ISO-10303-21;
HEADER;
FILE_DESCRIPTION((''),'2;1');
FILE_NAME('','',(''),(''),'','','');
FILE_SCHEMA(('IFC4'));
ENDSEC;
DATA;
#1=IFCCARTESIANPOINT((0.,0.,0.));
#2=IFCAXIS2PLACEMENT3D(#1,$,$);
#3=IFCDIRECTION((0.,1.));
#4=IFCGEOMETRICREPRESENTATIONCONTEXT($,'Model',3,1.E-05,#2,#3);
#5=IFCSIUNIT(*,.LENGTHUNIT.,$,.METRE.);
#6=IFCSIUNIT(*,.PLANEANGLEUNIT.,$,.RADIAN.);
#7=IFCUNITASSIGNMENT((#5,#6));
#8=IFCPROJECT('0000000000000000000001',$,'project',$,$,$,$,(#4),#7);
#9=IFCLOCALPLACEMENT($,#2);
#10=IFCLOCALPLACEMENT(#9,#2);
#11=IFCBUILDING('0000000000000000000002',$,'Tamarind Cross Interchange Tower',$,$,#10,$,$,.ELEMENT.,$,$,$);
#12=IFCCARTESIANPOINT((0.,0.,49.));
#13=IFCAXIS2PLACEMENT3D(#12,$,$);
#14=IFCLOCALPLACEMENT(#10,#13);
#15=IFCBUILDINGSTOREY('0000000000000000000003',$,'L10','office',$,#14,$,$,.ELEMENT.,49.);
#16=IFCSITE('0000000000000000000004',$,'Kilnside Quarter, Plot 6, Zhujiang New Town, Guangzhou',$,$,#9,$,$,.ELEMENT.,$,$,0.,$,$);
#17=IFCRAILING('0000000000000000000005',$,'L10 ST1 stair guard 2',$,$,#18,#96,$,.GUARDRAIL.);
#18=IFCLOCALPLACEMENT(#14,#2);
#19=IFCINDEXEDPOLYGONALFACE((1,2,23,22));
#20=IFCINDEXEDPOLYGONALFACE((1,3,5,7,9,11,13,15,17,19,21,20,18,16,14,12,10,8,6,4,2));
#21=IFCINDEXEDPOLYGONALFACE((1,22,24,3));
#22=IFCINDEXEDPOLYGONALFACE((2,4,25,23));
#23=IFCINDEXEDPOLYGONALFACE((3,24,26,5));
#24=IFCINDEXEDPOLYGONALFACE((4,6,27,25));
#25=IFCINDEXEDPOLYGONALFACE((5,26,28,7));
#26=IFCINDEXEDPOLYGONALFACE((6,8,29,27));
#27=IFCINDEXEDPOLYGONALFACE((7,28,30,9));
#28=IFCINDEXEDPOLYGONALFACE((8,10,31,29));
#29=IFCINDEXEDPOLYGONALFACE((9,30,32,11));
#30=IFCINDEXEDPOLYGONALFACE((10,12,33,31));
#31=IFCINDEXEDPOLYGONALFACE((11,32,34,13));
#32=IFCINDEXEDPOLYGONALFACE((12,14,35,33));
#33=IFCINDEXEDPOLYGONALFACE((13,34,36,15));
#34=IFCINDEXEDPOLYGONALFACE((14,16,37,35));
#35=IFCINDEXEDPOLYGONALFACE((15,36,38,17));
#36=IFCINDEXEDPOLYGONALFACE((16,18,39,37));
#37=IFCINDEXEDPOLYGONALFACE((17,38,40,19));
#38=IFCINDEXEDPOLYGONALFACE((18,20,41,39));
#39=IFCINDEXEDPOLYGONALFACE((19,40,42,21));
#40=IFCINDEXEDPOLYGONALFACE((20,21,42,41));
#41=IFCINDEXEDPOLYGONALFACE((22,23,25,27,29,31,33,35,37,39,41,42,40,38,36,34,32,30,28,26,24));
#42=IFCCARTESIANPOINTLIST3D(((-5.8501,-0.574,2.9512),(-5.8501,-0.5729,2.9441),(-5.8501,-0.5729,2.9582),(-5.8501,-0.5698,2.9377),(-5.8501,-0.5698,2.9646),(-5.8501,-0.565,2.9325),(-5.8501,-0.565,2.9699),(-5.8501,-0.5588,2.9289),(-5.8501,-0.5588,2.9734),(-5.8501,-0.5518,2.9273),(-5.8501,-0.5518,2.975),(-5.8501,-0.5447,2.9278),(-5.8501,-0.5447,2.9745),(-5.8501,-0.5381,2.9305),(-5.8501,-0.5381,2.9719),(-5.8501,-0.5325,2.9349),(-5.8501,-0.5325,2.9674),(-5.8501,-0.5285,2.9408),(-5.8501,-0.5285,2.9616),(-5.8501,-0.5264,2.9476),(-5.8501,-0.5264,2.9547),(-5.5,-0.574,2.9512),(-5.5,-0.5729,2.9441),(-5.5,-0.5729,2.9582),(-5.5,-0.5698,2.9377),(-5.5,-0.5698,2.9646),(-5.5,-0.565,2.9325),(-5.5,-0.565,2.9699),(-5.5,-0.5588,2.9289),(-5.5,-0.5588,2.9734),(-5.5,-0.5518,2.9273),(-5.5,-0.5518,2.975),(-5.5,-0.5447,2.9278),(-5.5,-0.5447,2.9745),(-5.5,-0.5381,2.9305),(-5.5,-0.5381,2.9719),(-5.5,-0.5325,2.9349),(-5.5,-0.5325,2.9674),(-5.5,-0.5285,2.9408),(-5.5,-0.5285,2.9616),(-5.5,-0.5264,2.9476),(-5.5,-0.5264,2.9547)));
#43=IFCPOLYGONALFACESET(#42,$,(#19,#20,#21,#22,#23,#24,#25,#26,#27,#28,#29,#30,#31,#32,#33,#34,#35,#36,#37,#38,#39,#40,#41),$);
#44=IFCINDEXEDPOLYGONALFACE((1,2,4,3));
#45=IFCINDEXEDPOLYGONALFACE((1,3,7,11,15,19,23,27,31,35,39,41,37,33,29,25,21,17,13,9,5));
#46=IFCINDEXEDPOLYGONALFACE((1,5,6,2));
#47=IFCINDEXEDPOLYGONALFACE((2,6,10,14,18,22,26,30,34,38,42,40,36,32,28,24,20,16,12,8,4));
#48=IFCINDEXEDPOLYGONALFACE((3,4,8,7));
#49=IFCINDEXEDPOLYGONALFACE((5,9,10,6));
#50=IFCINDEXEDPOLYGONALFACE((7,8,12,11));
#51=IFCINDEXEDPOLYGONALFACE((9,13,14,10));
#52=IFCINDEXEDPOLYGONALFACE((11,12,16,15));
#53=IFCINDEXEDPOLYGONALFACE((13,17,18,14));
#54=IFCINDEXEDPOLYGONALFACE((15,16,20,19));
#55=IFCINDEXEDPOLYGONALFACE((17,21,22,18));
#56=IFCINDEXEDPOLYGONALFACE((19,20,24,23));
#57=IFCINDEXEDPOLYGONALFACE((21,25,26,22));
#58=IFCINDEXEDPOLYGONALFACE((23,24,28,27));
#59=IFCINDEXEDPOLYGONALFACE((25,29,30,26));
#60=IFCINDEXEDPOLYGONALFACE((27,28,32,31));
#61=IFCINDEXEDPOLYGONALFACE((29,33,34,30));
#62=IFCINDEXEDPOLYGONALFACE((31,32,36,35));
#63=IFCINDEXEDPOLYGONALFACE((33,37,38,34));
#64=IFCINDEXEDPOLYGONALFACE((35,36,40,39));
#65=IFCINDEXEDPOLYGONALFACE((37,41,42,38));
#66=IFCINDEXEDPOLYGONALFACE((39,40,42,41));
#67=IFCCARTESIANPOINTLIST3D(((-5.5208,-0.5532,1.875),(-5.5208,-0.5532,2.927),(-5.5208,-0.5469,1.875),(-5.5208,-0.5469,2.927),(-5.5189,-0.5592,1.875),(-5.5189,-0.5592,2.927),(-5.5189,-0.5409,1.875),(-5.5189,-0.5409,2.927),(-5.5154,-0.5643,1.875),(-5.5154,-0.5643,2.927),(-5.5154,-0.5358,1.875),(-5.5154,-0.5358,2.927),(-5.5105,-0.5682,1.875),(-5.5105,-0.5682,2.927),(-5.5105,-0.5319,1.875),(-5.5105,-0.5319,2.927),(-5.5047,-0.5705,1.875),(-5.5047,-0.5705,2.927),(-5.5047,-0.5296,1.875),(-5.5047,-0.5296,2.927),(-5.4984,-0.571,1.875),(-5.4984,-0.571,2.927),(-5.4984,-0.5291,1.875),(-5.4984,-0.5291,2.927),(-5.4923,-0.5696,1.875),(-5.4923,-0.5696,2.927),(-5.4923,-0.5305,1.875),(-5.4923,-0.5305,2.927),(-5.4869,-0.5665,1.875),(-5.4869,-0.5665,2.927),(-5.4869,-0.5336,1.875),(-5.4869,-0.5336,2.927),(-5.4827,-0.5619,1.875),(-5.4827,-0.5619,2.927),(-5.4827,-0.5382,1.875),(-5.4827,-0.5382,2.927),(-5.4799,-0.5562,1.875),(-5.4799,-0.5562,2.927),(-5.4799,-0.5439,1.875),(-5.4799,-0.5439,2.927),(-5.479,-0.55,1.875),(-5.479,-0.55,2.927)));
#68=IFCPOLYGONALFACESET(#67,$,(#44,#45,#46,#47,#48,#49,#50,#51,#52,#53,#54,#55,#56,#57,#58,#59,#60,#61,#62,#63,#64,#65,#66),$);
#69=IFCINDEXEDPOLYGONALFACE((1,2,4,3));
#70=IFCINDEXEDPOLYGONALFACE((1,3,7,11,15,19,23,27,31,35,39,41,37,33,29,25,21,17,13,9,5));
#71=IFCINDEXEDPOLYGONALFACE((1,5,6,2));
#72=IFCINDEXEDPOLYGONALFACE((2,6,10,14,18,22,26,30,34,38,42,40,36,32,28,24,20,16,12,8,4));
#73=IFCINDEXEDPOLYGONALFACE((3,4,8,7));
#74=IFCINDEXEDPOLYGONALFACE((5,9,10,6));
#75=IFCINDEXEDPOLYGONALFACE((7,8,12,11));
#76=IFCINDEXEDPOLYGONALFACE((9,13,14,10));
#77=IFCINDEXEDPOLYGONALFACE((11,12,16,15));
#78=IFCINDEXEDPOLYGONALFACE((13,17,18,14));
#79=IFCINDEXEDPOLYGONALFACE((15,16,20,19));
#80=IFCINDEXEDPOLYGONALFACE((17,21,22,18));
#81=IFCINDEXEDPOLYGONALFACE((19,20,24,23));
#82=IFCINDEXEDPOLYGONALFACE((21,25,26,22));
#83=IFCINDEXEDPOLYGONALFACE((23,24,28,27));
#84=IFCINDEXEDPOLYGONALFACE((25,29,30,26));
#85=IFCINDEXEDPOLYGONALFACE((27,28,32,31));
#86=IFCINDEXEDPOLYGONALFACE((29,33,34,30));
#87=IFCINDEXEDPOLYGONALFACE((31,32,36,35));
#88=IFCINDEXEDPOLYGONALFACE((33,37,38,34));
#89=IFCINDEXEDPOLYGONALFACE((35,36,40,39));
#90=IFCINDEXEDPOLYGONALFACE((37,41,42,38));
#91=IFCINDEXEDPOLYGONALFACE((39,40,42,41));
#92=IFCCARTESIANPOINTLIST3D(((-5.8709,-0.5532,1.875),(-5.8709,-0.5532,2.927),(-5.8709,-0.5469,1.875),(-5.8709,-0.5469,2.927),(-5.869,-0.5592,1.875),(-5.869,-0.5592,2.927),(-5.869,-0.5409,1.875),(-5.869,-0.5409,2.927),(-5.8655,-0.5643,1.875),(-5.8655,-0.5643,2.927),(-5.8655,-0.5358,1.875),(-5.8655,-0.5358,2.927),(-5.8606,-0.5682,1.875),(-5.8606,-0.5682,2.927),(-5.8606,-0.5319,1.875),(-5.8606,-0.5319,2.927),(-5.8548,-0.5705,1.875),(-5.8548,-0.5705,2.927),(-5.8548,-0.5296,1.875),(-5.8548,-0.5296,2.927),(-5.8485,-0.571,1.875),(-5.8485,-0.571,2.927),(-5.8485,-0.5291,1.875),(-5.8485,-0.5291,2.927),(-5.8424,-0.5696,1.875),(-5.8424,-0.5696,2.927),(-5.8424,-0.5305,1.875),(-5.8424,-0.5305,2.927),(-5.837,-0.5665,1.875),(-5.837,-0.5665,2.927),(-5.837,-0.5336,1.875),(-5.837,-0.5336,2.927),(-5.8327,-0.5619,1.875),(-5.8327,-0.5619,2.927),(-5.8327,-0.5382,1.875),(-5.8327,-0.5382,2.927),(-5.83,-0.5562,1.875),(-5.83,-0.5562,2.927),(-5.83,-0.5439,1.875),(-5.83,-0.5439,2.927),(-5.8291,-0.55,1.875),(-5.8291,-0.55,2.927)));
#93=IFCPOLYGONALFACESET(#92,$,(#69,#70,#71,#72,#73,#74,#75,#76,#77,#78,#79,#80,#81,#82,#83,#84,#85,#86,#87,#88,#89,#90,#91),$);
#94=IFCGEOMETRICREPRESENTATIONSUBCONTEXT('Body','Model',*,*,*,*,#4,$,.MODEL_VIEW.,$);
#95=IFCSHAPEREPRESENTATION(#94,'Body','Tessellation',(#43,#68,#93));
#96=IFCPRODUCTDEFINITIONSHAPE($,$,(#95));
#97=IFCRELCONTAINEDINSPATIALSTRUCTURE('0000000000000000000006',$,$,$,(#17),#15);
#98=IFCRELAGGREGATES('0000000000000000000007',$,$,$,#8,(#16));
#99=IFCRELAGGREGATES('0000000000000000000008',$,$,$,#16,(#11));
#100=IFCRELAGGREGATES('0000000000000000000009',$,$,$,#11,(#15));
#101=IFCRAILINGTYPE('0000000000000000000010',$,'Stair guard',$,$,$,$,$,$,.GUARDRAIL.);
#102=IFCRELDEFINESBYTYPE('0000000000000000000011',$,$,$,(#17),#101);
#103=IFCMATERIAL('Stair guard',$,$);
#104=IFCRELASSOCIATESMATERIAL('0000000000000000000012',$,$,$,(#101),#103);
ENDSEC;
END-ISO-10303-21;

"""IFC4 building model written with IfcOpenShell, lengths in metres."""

from ifc_helpers import new_model, si_unit, direction, frame, origin, origin_2d, place, context, subcontext, project, spatial, circle, extrude, material, type_object, element, save


model = new_model("IFC4")

# Units and contexts
model_context = context("Model", 3, precision=1e-05, world=origin(), true_north=direction((0.0, 1.0)))
body_context = subcontext(model_context, "Body", "Model", "MODEL_VIEW")
ifc_project = project(units=[si_unit("LENGTHUNIT", "METRE"), si_unit("PLANEANGLEUNIT", "RADIAN")], contexts=[model_context])

# Site, building, storey
site_placement = place(None, origin())
site = spatial("IfcSite", under=ifc_project, at=site_placement, Name="Kilnside Quarter, Plot 6, Zhujiang New Town, Guangzhou", CompositionType="ELEMENT", RefElevation=0.0)
building_placement = place(site_placement, origin())
building = spatial("IfcBuilding", under=site, at=building_placement, Name="Tamarind Cross Interchange Tower", CompositionType="ELEMENT")
storey_placement = place(building_placement, frame((0.0, 0.0, 49.0)))
storey = spatial("IfcBuildingStorey", under=building, at=storey_placement, Name="L10", Description="office", CompositionType="ELEMENT", Elevation=49.0)

# Railing
ifc_material_1 = material(Name="Stair guard")
railing_type_1 = type_object("IfcRailingType", Name="Stair guard", PredefinedType="GUARDRAIL", material=ifc_material_1)
railing_1_placement = place(storey_placement, frame((-5.5, -0.55, 1.875)))
element("IfcRailing", 1, at=railing_1_placement, inside=storey, type_object=railing_type_1, Name="L10 ST1 stair guard 2", PredefinedType="GUARDRAIL", context=body_context, shape_type="SweptSolid", body=[
    extrude(circle(Radius=0.0239, at=origin_2d()), frame((0.0, 0.0, 1.0762), z_axis=(-1.0, 0.0, 0.0), x_axis=(0.0, -1.0, 0.0)), (0.0, 0.0, 1.0), 0.3501),
    extrude(circle(Radius=0.021, at=origin_2d()), origin(), (0.0, 0.0, 1.0), 1.052),
    extrude(circle(Radius=0.021, at=origin_2d()), frame((-0.3501, 0.0, 0.0)), (0.0, 0.0, 1.0), 1.052),
])

save(model, "model.ifc")
